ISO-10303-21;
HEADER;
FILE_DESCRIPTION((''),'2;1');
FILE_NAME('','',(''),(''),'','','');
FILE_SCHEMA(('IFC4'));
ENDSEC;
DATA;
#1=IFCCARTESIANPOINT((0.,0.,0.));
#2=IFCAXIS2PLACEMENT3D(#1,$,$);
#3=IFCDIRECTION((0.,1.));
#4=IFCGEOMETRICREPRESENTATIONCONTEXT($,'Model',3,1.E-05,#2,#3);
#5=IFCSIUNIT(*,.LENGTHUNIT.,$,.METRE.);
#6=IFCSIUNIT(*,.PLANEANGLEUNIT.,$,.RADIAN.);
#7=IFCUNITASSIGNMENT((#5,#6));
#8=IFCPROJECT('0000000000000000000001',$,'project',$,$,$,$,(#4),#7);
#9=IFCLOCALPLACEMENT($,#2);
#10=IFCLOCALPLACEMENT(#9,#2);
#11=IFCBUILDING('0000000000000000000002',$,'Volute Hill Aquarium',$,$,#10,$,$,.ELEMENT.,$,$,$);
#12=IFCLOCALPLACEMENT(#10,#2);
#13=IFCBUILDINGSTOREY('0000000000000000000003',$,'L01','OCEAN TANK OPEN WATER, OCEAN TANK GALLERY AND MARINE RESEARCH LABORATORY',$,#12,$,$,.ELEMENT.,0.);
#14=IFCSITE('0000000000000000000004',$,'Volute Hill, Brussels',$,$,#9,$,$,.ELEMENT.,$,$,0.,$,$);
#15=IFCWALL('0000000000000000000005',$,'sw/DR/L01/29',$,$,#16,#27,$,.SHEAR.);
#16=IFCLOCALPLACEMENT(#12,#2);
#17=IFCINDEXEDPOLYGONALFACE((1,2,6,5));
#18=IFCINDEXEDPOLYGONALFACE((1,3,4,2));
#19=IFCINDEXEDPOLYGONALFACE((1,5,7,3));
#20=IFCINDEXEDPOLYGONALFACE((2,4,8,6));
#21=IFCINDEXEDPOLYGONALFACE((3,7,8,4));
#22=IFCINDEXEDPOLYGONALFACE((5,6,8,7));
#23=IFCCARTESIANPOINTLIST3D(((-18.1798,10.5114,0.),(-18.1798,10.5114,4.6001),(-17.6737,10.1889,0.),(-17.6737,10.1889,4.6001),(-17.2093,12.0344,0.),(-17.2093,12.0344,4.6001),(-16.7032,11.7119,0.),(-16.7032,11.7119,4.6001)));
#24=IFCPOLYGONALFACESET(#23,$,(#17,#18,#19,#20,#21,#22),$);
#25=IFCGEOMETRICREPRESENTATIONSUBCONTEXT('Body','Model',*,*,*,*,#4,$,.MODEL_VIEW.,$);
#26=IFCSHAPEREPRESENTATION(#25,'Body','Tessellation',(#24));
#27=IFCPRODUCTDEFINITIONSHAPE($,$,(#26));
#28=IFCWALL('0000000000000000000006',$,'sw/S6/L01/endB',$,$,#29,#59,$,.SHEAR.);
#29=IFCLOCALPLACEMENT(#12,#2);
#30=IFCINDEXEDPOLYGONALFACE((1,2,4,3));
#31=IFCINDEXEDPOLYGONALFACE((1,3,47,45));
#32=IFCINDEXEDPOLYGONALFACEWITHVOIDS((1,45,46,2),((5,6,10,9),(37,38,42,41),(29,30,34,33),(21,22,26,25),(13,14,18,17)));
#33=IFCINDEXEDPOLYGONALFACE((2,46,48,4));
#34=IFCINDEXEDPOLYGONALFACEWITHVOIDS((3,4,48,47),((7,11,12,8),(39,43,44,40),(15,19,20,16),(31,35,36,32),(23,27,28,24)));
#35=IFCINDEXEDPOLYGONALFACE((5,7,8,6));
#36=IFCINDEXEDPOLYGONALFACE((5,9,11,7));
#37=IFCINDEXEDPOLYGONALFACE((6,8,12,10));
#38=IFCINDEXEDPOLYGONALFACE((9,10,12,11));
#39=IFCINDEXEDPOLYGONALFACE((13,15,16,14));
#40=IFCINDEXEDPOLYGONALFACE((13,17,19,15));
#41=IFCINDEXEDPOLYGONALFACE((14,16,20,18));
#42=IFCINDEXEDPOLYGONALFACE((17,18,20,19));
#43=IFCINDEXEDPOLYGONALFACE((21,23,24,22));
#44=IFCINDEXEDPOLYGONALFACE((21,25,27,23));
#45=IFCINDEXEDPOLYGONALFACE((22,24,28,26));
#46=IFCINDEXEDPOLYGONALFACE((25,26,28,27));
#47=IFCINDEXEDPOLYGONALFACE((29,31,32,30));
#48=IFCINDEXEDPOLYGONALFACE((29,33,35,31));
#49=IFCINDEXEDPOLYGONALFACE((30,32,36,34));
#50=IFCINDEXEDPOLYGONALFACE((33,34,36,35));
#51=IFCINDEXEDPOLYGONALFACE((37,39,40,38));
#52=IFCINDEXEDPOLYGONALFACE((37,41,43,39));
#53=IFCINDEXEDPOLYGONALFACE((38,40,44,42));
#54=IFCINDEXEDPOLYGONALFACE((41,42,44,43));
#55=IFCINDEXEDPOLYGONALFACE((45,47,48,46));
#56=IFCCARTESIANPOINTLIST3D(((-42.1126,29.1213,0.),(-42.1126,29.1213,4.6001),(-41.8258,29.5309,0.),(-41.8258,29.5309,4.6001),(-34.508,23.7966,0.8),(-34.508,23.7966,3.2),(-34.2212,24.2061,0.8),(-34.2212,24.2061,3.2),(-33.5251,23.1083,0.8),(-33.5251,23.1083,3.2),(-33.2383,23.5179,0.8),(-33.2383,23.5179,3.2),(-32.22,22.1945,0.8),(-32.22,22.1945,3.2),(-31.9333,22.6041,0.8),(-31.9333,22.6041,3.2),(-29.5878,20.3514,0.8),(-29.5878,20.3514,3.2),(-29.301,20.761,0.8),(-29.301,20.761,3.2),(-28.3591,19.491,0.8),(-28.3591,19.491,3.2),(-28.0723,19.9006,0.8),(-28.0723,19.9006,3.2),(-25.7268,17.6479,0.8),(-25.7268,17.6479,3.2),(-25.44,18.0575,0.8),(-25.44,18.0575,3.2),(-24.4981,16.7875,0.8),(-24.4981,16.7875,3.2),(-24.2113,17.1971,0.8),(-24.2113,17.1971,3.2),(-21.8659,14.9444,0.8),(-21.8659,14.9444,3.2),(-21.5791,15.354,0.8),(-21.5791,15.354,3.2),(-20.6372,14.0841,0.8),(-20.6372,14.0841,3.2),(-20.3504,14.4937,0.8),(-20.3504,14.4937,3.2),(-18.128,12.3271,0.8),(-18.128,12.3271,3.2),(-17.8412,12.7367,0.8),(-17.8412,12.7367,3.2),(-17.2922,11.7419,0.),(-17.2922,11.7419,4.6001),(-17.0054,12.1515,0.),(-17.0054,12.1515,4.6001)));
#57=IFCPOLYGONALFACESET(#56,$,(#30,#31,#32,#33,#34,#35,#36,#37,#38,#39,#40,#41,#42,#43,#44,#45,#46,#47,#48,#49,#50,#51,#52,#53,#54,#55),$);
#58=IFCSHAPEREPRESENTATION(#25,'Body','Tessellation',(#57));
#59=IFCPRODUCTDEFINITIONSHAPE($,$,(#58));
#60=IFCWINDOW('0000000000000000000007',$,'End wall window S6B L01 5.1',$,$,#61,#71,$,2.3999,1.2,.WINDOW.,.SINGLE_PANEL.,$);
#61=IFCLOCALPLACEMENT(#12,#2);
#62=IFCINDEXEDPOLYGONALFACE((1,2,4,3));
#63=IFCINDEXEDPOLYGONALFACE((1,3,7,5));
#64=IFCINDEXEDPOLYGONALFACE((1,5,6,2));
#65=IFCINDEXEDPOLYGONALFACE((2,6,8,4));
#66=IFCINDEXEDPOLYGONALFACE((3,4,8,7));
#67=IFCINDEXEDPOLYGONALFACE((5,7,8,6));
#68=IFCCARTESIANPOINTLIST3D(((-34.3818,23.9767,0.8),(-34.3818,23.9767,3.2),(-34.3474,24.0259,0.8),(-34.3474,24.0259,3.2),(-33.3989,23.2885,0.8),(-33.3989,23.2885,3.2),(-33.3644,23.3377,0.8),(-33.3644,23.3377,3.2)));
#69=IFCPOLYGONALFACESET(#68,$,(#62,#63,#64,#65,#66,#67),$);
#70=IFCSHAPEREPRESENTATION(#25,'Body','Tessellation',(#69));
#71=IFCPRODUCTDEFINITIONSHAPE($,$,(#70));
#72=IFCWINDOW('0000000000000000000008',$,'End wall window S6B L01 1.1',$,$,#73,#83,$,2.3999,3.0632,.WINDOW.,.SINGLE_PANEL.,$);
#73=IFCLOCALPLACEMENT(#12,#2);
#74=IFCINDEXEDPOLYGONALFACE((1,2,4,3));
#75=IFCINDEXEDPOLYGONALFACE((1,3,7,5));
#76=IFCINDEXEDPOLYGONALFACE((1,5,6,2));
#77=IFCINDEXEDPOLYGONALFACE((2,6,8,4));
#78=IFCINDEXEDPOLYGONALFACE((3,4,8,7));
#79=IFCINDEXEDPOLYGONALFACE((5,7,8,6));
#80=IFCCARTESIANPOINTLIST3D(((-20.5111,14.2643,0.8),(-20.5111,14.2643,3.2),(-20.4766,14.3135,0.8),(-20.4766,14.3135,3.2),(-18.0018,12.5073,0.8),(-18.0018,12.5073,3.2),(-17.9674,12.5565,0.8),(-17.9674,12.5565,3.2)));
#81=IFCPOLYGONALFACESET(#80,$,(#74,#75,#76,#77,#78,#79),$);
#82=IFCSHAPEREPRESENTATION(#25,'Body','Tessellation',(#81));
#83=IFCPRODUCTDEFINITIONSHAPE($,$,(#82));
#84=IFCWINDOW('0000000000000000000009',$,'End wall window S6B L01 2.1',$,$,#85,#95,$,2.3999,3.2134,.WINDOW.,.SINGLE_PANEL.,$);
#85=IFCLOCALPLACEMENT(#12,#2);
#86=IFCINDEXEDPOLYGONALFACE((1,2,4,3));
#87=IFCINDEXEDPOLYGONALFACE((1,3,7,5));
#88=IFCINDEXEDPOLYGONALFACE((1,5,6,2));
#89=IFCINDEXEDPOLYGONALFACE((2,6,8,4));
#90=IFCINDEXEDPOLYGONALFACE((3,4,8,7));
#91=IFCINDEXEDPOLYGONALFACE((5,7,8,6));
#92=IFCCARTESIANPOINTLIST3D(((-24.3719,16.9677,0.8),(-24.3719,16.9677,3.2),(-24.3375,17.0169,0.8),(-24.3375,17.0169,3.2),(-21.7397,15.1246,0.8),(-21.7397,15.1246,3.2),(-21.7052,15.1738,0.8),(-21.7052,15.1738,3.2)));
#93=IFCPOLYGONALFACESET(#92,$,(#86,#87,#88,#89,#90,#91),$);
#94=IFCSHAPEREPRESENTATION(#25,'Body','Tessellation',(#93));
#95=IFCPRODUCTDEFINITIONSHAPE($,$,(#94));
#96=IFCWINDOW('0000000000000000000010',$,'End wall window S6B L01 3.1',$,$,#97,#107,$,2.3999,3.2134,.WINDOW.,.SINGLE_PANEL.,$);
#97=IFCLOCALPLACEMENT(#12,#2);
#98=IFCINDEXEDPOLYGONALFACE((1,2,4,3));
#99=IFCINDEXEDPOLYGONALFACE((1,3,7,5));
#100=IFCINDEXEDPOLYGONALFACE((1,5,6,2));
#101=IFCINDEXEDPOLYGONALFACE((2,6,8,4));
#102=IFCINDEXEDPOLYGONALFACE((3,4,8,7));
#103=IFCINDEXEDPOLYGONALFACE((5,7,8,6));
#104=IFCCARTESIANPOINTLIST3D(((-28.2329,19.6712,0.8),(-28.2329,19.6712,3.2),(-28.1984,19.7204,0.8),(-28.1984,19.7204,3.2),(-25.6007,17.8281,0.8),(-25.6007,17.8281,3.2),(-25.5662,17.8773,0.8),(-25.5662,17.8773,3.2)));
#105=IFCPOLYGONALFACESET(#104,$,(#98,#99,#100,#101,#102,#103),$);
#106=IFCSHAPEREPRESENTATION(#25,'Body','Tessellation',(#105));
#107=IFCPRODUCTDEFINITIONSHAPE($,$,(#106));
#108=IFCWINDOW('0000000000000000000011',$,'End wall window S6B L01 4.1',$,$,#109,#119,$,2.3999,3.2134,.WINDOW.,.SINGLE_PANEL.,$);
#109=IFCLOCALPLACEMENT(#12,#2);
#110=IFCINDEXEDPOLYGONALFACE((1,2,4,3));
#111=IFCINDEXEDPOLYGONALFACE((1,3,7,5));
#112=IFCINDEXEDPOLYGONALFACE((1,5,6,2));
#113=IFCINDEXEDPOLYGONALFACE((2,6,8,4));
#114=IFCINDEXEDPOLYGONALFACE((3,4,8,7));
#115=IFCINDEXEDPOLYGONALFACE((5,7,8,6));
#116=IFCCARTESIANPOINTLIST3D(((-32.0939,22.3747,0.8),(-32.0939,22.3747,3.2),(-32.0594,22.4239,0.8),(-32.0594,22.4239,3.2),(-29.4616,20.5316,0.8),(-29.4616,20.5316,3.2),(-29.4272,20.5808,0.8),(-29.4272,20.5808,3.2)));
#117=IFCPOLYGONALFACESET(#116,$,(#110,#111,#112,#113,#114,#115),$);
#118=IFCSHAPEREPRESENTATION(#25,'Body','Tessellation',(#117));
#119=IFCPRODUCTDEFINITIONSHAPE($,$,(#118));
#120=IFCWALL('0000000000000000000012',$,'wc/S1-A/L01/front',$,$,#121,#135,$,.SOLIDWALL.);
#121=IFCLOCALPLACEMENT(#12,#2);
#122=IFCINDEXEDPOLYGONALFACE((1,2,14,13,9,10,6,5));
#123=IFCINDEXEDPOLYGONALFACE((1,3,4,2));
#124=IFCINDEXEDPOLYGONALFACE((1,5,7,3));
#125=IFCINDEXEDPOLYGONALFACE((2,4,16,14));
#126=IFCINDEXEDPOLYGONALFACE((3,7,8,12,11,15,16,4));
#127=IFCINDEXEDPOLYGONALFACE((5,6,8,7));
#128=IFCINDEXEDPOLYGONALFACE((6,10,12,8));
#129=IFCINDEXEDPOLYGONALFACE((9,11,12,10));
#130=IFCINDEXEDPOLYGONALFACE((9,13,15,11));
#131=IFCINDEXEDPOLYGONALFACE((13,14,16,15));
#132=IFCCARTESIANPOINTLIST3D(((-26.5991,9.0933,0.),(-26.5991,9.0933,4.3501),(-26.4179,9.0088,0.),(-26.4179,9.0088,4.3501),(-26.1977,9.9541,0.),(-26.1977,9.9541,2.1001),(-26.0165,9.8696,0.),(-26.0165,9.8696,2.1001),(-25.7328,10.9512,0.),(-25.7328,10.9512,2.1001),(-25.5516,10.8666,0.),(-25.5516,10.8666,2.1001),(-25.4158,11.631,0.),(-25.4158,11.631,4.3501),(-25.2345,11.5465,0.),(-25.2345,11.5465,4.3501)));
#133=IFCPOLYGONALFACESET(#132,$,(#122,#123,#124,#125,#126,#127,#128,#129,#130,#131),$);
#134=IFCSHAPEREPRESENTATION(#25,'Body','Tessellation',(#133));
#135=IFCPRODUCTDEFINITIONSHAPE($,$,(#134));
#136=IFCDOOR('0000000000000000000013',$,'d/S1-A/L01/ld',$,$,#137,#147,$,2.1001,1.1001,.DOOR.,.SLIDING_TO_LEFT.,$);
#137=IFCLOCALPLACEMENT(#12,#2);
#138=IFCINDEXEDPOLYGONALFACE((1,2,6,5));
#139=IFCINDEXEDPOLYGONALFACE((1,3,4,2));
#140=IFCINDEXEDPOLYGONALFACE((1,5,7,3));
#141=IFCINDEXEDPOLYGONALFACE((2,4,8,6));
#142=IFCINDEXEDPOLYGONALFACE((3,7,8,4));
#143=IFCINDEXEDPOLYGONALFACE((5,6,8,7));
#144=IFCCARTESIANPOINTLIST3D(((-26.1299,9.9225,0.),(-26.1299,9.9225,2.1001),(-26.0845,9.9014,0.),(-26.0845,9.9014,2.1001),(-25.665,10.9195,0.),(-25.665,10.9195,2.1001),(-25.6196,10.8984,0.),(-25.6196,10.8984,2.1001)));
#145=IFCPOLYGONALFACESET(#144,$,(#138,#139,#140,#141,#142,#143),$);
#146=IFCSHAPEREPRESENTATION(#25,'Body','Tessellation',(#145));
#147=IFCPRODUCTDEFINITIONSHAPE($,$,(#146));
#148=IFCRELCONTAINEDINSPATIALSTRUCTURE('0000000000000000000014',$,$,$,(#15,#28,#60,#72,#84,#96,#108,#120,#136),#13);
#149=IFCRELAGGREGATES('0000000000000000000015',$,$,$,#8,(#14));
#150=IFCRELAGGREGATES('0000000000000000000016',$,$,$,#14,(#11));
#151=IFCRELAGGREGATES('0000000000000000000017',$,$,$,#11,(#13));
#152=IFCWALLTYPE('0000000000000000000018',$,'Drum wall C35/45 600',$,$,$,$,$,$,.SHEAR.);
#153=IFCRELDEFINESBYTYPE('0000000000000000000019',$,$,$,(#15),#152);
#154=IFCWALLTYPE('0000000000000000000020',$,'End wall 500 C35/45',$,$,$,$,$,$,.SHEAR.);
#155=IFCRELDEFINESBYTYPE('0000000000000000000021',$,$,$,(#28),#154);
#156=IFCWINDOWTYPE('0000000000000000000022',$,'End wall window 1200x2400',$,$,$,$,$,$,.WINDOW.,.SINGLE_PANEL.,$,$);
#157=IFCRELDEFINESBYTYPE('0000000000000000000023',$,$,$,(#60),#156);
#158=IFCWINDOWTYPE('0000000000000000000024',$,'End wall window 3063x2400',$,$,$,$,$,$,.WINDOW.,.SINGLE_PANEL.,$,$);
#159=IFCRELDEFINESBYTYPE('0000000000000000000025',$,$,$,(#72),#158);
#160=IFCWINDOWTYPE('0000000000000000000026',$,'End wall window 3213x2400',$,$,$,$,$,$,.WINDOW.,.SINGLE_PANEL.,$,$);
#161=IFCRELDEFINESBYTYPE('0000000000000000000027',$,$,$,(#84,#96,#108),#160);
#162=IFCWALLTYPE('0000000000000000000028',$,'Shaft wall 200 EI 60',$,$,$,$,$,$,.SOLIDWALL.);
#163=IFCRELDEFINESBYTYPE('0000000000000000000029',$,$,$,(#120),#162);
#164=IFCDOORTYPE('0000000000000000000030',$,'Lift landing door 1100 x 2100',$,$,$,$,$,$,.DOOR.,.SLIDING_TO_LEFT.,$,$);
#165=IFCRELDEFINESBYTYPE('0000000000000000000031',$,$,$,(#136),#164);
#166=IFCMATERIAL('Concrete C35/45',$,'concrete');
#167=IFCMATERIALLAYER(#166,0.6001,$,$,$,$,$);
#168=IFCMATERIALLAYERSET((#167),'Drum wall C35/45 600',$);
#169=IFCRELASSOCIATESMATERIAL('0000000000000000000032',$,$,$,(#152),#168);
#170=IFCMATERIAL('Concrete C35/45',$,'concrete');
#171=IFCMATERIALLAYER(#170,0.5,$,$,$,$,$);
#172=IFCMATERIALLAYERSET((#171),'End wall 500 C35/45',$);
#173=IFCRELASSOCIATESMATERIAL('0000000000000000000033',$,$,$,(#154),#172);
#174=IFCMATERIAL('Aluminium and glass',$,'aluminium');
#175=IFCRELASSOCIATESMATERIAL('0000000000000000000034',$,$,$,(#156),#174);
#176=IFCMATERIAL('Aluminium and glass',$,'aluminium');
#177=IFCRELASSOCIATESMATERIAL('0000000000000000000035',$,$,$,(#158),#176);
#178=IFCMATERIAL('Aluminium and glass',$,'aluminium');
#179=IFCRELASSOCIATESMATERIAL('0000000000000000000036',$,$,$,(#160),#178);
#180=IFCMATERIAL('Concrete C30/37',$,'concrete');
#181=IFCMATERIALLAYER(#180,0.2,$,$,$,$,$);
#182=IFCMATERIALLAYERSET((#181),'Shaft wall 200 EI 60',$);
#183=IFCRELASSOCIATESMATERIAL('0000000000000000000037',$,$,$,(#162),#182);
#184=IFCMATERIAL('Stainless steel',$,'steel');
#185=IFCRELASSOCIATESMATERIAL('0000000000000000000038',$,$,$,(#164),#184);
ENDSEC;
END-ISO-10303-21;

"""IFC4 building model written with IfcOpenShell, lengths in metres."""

from ifc_helpers import new_model, si_unit, direction, frame, frame_2d, origin, place, context, subcontext, project, spatial, rectangle, extrude, material, layer, layer_set, type_object, element, fill, save


model = new_model("IFC4")

# Units and contexts
model_context = context("Model", 3, precision=1e-05, world=origin(), true_north=direction((0.0, 1.0)))
body_context = subcontext(model_context, "Body", "Model", "MODEL_VIEW")
ifc_project = project(units=[si_unit("LENGTHUNIT", "METRE"), si_unit("PLANEANGLEUNIT", "RADIAN")], contexts=[model_context])

# Site, building, storey
site_placement = place(None, origin())
site = spatial("IfcSite", under=ifc_project, at=site_placement, Name="Volute Hill, Brussels", CompositionType="ELEMENT", RefElevation=0.0)
building_placement = place(site_placement, origin())
building = spatial("IfcBuilding", under=site, at=building_placement, Name="Volute Hill Aquarium", CompositionType="ELEMENT")
storey_placement = place(building_placement, origin())
storey = spatial("IfcBuildingStorey", under=building, at=storey_placement, Name="L01", Description="OCEAN TANK OPEN WATER, OCEAN TANK GALLERY AND MARINE RESEARCH LABORATORY", CompositionType="ELEMENT", Elevation=0.0)

# Wall
ifc_material_1 = material(Name="Concrete C35/45", Category="concrete")
ifc_layer_1 = layer(ifc_material_1, 0.6001)
ifc_layer_set_1 = layer_set([ifc_layer_1], Name="Drum wall C35/45 600")
wall_type_1 = type_object("IfcWallType", Name="Drum wall C35/45 600", PredefinedType="SHEAR", material=ifc_layer_set_1)
wall_1_placement = place(storey_placement, frame((-16.9563, 11.873, 0.0), z_axis=(0.0, 0.0, 1.0), x_axis=(-0.537392, -0.843333, 0.0)))
element("IfcWall", 1, at=wall_1_placement, inside=storey, type_object=wall_type_1, Name="sw/DR/L01/29", PredefinedType="SHEAR", context=body_context, shape_type="SweptSolid", body=[
    extrude(rectangle(XDim=1.8059, YDim=0.6001, at=frame_2d((0.9028, 0.0))), origin(), (0.0, 0.0, 1.0), 4.6001),
])

# Wall, openings, windows
ifc_material_2 = material(Name="Concrete C35/45", Category="concrete")
ifc_layer_2 = layer(ifc_material_2, 0.5)
ifc_layer_set_2 = layer_set([ifc_layer_2], Name="End wall 500 C35/45")
wall_type_2 = type_object("IfcWallType", Name="End wall 500 C35/45", PredefinedType="SHEAR", material=ifc_layer_set_2)
wall_2_placement = place(storey_placement, frame((-17.1489, 11.9468, 0.0), z_axis=(0.0, 0.0, 1.0), x_axis=(-0.819152, 0.573577, 0.0)))
wall_2 = element("IfcWall", 2, at=wall_2_placement, inside=storey, type_object=wall_type_2, Name="sw/S6/L01/endB", PredefinedType="SHEAR", context=body_context, shape_type="SweptSolid", body=[
    extrude(rectangle(XDim=30.3, YDim=0.5, at=frame_2d((15.1499, 0.0))), origin(), (0.0, 0.0, 1.0), 4.6001),
])
opening_1_placement = place(wall_2_placement, frame((1.02, 0.0, 0.8)))
opening_1 = element("IfcOpeningElement", 3, at=opening_1_placement, cuts=wall_2, PredefinedType="OPENING", context=body_context, shape_type="SweptSolid", body=[
    extrude(rectangle(XDim=3.0632, YDim=2.3999, at=frame_2d((1.5317, 1.2))), frame((0.0, 0.26, 0.0), z_axis=(0.0, -1.0, 0.0), x_axis=(1.0, 0.0, 0.0)), (0.0, 0.0, 1.0), 0.52),
])
opening_2_placement = place(wall_2_placement, frame((5.5833, 0.0, 0.8)))
opening_2 = element("IfcOpeningElement", 4, at=opening_2_placement, cuts=wall_2, PredefinedType="OPENING", context=body_context, shape_type="SweptSolid", body=[
    extrude(rectangle(XDim=3.2134, YDim=2.3999, at=frame_2d((1.6067, 1.2))), frame((0.0, 0.26, 0.0), z_axis=(0.0, -1.0, 0.0), x_axis=(1.0, 0.0, 0.0)), (0.0, 0.0, 1.0), 0.52),
])
opening_3_placement = place(wall_2_placement, frame((10.2966, 0.0, 0.8)))
opening_3 = element("IfcOpeningElement", 5, at=opening_3_placement, cuts=wall_2, PredefinedType="OPENING", context=body_context, shape_type="SweptSolid", body=[
    extrude(rectangle(XDim=3.2134, YDim=2.3999, at=frame_2d((1.6067, 1.2))), frame((0.0, 0.26, 0.0), z_axis=(0.0, -1.0, 0.0), x_axis=(1.0, 0.0, 0.0)), (0.0, 0.0, 1.0), 0.52),
])
opening_4_placement = place(wall_2_placement, frame((15.01, 0.0, 0.8)))
opening_4 = element("IfcOpeningElement", 6, at=opening_4_placement, cuts=wall_2, PredefinedType="OPENING", context=body_context, shape_type="SweptSolid", body=[
    extrude(rectangle(XDim=3.2134, YDim=2.3999, at=frame_2d((1.6067, 1.2))), frame((0.0, 0.26, 0.0), z_axis=(0.0, -1.0, 0.0), x_axis=(1.0, 0.0, 0.0)), (0.0, 0.0, 1.0), 0.52),
])
opening_5_placement = place(wall_2_placement, frame((19.8164, 0.0, 0.8)))
opening_5 = element("IfcOpeningElement", 7, at=opening_5_placement, cuts=wall_2, PredefinedType="OPENING", context=body_context, shape_type="SweptSolid", body=[
    extrude(rectangle(XDim=1.2, YDim=2.3999, at=frame_2d((0.6001, 1.2))), frame((0.0, 0.26, 0.0), z_axis=(0.0, -1.0, 0.0), x_axis=(1.0, 0.0, 0.0)), (0.0, 0.0, 1.0), 0.52),
])
ifc_material_3 = material(Name="Aluminium and glass", Category="aluminium")
window_type_1 = type_object("IfcWindowType", Name="End wall window 1200x2400", PartitioningType="SINGLE_PANEL", PredefinedType="WINDOW", material=ifc_material_3)
window_1_placement = place(opening_5_placement, origin())
window_1 = element("IfcWindow", 8, at=window_1_placement, inside=storey, type_object=window_type_1, Name="End wall window S6B L01 5.1", OverallHeight=2.3999, OverallWidth=1.2, PartitioningType="SINGLE_PANEL", PredefinedType="WINDOW", context=body_context, shape_type="SweptSolid", body=[
    extrude(rectangle(XDim=1.2, YDim=2.3999, at=frame_2d((0.6001, 1.2))), frame((0.0, 0.03, 0.0), z_axis=(0.0, -1.0, 0.0), x_axis=(1.0, 0.0, 0.0)), (0.0, 0.0, 1.0), 0.0601),
])
fill(opening_5, window_1)
ifc_material_4 = material(Name="Aluminium and glass", Category="aluminium")
window_type_2 = type_object("IfcWindowType", Name="End wall window 3063x2400", PartitioningType="SINGLE_PANEL", PredefinedType="WINDOW", material=ifc_material_4)
window_2_placement = place(opening_1_placement, origin())
window_2 = element("IfcWindow", 9, at=window_2_placement, inside=storey, type_object=window_type_2, Name="End wall window S6B L01 1.1", OverallHeight=2.3999, OverallWidth=3.0632, PartitioningType="SINGLE_PANEL", PredefinedType="WINDOW", context=body_context, shape_type="SweptSolid", body=[
    extrude(rectangle(XDim=3.0632, YDim=2.3999, at=frame_2d((1.5317, 1.2))), frame((0.0, 0.03, 0.0), z_axis=(0.0, -1.0, 0.0), x_axis=(1.0, 0.0, 0.0)), (0.0, 0.0, 1.0), 0.0601),
])
fill(opening_1, window_2)
ifc_material_5 = material(Name="Aluminium and glass", Category="aluminium")
window_type_3 = type_object("IfcWindowType", Name="End wall window 3213x2400", PartitioningType="SINGLE_PANEL", PredefinedType="WINDOW", material=ifc_material_5)
window_3_placement = place(opening_2_placement, origin())
window_3 = element("IfcWindow", 10, at=window_3_placement, inside=storey, type_object=window_type_3, Name="End wall window S6B L01 2.1", OverallHeight=2.3999, OverallWidth=3.2134, PartitioningType="SINGLE_PANEL", PredefinedType="WINDOW", context=body_context, shape_type="SweptSolid", body=[
    extrude(rectangle(XDim=3.2134, YDim=2.3999, at=frame_2d((1.6067, 1.2))), frame((0.0, 0.03, 0.0), z_axis=(0.0, -1.0, 0.0), x_axis=(1.0, 0.0, 0.0)), (0.0, 0.0, 1.0), 0.0601),
])
fill(opening_2, window_3)
window_4_placement = place(opening_3_placement, origin())
window_4 = element("IfcWindow", 11, at=window_4_placement, inside=storey, type_object=window_type_3, Name="End wall window S6B L01 3.1", OverallHeight=2.3999, OverallWidth=3.2134, PartitioningType="SINGLE_PANEL", PredefinedType="WINDOW", context=body_context, shape_type="SweptSolid", body=[
    extrude(rectangle(XDim=3.2134, YDim=2.3999, at=frame_2d((1.6067, 1.2))), frame((0.0, 0.03, 0.0), z_axis=(0.0, -1.0, 0.0), x_axis=(1.0, 0.0, 0.0)), (0.0, 0.0, 1.0), 0.0601),
])
fill(opening_3, window_4)
window_5_placement = place(opening_4_placement, origin())
window_5 = element("IfcWindow", 12, at=window_5_placement, inside=storey, type_object=window_type_3, Name="End wall window S6B L01 4.1", OverallHeight=2.3999, OverallWidth=3.2134, PartitioningType="SINGLE_PANEL", PredefinedType="WINDOW", context=body_context, shape_type="SweptSolid", body=[
    extrude(rectangle(XDim=3.2134, YDim=2.3999, at=frame_2d((1.6067, 1.2))), frame((0.0, 0.03, 0.0), z_axis=(0.0, -1.0, 0.0), x_axis=(1.0, 0.0, 0.0)), (0.0, 0.0, 1.0), 0.0601),
])
fill(opening_4, window_5)

# Wall, opening, door
ifc_material_6 = material(Name="Concrete C30/37", Category="concrete")
ifc_layer_3 = layer(ifc_material_6, 0.2)
ifc_layer_set_3 = layer_set([ifc_layer_3], Name="Shaft wall 200 EI 60")
wall_type_3 = type_object("IfcWallType", Name="Shaft wall 200 EI 60", PredefinedType="SOLIDWALL", material=ifc_layer_set_3)
wall_3_placement = place(storey_placement, frame((-25.3252, 11.5886, 0.0), z_axis=(0.0, 0.0, 1.0), x_axis=(-0.422632, -0.906301, 0.0)))
wall_3 = element("IfcWall", 13, at=wall_3_placement, inside=storey, type_object=wall_type_3, Name="wc/S1-A/L01/front", PredefinedType="SOLIDWALL", context=body_context, shape_type="SweptSolid", body=[
    extrude(rectangle(XDim=2.8, YDim=0.2, at=frame_2d((1.3999, 0.0))), origin(), (0.0, 0.0, 1.0), 4.3501),
])
opening_6_placement = place(wall_3_placement, frame((0.75, 0.0, 0.0)))
opening_6 = element("IfcOpeningElement", 14, at=opening_6_placement, cuts=wall_3, PredefinedType="OPENING", context=body_context, shape_type="SweptSolid", body=[
    extrude(rectangle(XDim=1.1001, YDim=2.1001, at=frame_2d((0.55, 1.05))), frame((0.0, 0.1099, 0.0), z_axis=(0.0, -1.0, 0.0), x_axis=(1.0, 0.0, 0.0)), (0.0, 0.0, 1.0), 0.22),
])
ifc_material_7 = material(Name="Stainless steel", Category="steel")
door_type = type_object("IfcDoorType", Name="Lift landing door 1100 x 2100", OperationType="SLIDING_TO_LEFT", PredefinedType="DOOR", material=ifc_material_7)
door_placement = place(opening_6_placement, origin())
door = element("IfcDoor", 15, at=door_placement, inside=storey, type_object=door_type, Name="d/S1-A/L01/ld", OperationType="SLIDING_TO_LEFT", OverallHeight=2.1001, OverallWidth=1.1001, PredefinedType="DOOR", context=body_context, shape_type="SweptSolid", body=[
    extrude(rectangle(XDim=1.1001, YDim=2.1001, at=frame_2d((0.55, 1.05))), frame((0.0, 0.0249, 0.0), z_axis=(0.0, -1.0, 0.0), x_axis=(1.0, 0.0, 0.0)), (0.0, 0.0, 1.0), 0.05),
])
fill(opening_6, door)

save(model, "model.ifc")
